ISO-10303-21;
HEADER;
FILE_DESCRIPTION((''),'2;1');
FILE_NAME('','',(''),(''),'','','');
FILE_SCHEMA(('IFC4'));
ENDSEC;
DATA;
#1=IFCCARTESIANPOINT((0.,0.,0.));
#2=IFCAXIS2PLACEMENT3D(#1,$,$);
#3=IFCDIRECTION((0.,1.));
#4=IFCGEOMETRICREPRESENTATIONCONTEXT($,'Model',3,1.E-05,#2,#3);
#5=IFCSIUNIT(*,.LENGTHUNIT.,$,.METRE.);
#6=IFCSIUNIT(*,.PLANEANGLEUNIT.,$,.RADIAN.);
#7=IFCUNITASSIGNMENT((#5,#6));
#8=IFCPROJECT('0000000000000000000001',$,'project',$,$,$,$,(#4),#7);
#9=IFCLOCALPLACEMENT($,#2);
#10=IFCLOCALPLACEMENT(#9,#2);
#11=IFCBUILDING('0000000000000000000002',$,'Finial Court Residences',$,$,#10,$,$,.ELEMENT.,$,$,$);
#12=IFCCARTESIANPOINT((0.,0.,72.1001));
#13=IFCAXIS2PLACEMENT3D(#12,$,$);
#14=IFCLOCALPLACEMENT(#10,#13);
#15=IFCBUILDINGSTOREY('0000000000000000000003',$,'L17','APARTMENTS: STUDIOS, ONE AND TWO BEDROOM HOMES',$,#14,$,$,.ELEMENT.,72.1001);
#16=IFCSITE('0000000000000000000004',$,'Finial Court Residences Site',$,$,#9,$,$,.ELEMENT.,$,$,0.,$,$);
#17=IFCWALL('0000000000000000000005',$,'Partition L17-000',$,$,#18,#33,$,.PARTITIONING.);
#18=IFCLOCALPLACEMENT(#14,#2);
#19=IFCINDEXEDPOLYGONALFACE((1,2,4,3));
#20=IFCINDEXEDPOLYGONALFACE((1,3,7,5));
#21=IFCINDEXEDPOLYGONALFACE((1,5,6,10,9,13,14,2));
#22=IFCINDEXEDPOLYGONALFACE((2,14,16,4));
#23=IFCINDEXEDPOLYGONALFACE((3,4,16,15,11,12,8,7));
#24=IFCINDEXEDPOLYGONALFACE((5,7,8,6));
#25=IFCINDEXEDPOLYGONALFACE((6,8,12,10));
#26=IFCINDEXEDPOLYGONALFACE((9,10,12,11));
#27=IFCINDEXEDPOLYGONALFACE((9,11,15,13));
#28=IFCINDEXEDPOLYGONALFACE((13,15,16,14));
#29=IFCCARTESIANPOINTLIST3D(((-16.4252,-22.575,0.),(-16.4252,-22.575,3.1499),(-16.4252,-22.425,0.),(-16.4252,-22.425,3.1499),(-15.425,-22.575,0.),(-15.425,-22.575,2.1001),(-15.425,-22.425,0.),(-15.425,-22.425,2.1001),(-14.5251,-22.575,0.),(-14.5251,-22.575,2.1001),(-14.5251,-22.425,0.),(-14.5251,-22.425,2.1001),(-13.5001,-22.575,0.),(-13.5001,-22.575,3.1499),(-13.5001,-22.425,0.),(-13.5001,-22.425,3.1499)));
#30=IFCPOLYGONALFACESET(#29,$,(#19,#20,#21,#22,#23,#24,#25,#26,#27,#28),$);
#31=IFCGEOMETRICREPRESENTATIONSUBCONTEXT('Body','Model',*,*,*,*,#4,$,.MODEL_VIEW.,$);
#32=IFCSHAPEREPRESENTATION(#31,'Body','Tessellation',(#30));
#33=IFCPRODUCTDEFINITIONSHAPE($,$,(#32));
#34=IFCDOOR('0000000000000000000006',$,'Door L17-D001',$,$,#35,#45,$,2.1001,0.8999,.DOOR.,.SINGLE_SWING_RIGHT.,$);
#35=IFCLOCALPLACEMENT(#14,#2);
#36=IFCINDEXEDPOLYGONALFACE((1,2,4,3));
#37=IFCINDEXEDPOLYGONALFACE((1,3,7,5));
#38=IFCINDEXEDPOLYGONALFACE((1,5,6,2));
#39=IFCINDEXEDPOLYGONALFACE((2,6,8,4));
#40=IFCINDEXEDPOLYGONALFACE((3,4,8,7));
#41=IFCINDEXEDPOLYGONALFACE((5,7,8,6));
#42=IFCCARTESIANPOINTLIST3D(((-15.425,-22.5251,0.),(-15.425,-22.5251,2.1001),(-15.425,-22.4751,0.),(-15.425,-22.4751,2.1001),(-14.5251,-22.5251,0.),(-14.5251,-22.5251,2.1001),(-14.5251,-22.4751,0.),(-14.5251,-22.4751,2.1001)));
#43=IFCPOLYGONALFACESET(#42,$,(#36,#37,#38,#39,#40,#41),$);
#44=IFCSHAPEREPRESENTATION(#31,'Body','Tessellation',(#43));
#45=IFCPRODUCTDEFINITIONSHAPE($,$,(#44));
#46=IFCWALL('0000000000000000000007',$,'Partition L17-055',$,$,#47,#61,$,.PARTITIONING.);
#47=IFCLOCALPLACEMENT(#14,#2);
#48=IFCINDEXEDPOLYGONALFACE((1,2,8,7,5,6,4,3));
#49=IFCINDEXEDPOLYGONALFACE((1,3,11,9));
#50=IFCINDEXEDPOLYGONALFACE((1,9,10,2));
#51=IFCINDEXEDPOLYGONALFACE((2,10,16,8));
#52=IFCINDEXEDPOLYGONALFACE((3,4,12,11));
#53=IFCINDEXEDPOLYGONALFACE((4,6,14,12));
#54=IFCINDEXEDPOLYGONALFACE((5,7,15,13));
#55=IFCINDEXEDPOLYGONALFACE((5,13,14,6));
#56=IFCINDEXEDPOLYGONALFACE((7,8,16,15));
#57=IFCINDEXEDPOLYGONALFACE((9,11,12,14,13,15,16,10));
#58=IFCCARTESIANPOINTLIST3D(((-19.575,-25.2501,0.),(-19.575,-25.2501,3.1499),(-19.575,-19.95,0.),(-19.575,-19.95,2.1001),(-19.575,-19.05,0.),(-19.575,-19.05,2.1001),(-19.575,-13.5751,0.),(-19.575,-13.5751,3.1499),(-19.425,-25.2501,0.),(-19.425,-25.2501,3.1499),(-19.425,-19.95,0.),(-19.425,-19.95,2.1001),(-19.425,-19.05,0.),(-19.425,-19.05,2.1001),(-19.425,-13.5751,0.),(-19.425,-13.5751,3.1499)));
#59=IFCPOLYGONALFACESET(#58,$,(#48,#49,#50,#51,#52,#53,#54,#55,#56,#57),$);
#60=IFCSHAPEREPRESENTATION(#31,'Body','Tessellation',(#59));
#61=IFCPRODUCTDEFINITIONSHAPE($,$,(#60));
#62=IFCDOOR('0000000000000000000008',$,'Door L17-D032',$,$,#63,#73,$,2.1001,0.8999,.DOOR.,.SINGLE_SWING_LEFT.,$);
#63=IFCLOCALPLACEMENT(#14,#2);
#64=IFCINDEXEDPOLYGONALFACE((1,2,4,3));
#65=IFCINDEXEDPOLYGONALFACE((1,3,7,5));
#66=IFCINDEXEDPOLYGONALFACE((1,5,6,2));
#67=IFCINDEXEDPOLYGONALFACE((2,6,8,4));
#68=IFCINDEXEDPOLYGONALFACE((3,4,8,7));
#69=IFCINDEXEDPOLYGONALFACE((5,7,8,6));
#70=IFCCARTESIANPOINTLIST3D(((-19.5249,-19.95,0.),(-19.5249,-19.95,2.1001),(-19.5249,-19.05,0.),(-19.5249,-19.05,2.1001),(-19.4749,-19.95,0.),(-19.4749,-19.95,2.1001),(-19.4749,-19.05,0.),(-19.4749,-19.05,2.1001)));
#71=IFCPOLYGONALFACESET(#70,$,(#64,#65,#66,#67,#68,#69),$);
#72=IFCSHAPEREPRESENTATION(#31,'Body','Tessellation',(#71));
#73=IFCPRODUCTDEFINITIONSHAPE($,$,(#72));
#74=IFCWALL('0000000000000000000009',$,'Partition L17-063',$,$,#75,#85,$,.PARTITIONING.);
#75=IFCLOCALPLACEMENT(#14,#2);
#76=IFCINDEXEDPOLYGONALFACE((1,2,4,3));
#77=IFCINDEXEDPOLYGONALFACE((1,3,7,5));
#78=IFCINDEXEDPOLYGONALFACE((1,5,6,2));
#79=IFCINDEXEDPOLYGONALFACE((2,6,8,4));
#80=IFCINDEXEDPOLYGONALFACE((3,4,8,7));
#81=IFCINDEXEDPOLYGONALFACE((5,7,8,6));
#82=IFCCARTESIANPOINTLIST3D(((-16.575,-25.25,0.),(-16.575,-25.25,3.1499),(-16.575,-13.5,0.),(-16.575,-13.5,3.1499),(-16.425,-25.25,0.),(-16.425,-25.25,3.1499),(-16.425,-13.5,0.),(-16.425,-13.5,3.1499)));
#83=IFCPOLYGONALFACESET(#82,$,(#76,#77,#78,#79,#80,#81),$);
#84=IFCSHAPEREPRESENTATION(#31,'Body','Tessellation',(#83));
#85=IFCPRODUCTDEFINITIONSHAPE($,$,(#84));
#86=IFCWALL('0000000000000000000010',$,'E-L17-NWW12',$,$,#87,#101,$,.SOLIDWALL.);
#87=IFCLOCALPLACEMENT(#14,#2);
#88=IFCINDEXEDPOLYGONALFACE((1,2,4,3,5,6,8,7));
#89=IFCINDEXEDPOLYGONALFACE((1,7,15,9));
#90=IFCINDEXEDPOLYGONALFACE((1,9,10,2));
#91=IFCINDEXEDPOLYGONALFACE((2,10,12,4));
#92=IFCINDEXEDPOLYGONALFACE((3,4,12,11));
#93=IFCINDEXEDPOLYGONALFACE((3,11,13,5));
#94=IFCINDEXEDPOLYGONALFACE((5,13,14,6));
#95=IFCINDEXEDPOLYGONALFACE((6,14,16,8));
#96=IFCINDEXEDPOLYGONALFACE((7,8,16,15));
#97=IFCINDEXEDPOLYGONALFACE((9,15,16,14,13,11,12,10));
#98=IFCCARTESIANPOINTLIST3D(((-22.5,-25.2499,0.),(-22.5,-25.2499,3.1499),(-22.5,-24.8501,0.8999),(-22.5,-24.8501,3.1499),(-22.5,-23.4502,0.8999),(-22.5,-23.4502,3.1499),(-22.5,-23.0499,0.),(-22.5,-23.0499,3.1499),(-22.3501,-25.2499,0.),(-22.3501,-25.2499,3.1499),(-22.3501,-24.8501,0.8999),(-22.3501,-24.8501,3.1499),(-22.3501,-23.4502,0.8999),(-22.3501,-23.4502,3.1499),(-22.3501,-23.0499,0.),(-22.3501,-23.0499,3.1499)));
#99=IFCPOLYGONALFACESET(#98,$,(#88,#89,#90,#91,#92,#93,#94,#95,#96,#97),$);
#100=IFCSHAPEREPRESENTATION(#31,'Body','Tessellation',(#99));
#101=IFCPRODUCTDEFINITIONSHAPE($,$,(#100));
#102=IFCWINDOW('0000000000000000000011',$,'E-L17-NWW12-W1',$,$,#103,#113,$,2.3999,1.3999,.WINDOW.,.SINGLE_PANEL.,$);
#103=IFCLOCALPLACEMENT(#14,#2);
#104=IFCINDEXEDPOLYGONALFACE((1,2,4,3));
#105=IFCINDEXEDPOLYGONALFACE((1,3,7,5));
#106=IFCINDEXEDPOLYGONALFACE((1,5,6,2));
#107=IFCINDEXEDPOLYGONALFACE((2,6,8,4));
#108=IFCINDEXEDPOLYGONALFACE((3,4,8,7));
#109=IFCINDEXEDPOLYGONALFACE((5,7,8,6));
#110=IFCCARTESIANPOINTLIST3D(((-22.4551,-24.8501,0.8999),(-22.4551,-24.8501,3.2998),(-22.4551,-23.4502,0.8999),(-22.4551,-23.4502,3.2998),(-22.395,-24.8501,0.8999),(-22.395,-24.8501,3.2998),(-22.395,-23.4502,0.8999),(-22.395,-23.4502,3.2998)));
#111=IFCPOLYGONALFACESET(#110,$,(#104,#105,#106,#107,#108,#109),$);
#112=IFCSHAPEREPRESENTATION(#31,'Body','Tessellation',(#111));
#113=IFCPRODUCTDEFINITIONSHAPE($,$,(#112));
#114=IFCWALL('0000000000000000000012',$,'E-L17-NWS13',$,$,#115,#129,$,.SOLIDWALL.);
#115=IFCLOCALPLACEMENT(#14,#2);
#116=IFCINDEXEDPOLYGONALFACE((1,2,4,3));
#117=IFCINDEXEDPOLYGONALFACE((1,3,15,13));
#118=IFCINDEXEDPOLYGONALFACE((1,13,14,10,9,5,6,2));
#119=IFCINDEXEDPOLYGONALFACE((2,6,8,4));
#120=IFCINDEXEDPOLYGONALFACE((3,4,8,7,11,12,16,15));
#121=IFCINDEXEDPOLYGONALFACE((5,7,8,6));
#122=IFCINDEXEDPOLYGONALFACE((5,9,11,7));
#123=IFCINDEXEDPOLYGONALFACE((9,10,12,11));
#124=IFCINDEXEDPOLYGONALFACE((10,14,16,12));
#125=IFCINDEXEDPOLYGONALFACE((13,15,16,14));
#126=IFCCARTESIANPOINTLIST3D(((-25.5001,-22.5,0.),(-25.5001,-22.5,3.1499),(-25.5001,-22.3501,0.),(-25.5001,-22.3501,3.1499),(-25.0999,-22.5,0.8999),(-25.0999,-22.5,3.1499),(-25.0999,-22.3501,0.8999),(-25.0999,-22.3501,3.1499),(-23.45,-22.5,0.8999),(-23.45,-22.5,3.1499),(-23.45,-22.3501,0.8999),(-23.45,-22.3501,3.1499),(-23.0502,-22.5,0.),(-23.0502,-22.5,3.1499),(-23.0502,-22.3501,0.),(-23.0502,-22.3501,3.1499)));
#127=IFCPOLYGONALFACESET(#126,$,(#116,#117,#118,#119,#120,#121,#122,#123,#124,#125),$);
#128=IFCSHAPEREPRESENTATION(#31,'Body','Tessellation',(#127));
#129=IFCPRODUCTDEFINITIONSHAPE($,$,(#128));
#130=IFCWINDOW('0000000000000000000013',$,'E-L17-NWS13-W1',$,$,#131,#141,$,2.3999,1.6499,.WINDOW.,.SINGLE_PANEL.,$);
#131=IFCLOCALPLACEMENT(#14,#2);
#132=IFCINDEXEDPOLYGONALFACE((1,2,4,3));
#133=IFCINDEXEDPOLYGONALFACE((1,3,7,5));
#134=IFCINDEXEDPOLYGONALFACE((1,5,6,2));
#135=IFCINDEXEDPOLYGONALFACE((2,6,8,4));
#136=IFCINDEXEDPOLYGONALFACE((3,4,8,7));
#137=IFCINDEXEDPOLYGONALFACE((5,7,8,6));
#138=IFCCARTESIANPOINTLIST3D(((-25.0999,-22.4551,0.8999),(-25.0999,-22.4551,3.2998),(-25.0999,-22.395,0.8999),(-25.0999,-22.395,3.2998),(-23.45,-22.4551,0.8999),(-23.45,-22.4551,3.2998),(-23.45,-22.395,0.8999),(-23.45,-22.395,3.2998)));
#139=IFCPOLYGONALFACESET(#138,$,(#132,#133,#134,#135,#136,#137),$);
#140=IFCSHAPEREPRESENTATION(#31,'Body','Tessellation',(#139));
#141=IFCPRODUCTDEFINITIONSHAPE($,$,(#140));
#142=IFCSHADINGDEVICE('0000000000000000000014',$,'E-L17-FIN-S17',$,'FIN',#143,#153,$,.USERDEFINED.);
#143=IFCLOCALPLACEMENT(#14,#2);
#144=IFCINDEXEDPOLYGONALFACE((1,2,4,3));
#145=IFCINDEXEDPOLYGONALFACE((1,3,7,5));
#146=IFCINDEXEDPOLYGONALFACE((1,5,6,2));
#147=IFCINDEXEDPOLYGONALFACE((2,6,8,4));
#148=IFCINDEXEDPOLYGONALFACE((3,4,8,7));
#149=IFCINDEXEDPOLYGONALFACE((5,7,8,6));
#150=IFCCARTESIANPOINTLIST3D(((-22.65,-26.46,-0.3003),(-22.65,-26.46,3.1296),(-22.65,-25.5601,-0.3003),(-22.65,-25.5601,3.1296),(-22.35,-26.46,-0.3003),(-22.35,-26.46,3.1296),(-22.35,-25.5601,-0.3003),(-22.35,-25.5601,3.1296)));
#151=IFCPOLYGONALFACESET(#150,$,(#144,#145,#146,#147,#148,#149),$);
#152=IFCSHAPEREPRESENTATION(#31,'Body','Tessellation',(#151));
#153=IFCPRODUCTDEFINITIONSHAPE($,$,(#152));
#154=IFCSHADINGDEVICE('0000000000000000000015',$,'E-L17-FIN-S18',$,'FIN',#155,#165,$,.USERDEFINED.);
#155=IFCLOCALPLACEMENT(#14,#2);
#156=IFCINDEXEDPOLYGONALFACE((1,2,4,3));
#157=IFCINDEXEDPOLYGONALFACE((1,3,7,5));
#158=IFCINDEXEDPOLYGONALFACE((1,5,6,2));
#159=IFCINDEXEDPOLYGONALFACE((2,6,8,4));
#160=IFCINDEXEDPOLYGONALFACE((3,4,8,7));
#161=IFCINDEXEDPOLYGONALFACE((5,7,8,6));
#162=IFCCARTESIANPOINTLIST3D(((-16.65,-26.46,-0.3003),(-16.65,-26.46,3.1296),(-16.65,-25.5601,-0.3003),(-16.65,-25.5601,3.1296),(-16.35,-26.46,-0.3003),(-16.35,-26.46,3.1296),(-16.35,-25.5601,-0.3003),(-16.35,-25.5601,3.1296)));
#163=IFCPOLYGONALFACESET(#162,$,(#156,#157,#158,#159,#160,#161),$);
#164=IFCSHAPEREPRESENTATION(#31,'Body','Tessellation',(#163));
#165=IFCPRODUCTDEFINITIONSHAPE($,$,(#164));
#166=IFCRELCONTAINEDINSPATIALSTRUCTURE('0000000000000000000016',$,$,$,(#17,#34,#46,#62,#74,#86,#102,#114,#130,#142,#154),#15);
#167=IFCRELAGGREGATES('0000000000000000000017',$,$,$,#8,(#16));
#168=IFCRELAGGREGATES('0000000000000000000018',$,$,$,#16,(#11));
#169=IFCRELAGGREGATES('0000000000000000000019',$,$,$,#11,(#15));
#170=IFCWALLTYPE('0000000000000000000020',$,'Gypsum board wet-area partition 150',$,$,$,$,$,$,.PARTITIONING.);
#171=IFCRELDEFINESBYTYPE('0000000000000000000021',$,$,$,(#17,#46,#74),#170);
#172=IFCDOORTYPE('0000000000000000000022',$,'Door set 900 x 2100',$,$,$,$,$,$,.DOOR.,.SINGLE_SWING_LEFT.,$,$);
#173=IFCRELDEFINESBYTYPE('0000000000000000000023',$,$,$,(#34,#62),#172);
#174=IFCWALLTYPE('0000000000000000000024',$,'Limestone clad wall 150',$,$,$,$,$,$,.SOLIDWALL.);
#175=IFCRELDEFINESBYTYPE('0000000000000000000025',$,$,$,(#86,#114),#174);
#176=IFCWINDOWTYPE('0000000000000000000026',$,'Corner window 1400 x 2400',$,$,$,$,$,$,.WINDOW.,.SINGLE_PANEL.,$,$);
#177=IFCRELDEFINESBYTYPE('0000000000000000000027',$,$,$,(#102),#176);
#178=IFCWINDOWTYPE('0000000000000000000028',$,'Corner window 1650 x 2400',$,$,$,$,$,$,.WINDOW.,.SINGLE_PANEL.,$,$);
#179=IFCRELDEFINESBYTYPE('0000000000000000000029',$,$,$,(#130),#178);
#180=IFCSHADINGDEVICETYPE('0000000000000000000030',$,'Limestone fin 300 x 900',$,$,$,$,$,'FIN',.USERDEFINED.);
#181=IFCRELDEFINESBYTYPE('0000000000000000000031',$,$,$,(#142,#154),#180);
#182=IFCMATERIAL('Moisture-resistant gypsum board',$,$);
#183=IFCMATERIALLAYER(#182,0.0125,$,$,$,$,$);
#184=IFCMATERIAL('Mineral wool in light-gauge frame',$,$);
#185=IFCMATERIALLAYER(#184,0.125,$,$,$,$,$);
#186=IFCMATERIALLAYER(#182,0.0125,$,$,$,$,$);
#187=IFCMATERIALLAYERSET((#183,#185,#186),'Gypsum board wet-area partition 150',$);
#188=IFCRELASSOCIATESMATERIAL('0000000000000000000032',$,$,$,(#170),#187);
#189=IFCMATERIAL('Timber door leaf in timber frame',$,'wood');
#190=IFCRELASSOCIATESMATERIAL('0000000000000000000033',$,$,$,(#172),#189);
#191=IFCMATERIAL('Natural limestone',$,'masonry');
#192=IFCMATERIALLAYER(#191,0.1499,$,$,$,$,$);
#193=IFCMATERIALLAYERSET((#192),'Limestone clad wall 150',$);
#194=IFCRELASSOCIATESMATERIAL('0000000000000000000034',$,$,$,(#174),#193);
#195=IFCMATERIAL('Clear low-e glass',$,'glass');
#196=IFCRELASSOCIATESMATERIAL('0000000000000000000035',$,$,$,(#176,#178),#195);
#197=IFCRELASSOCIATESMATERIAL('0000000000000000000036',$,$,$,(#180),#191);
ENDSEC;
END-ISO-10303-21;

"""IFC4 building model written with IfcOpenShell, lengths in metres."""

from ifc_helpers import new_model, si_unit, direction, frame, frame_2d, origin, origin_2d, place, context, subcontext, project, spatial, rectangle, extrude, material, layer, layer_set, type_object, element, fill, save


model = new_model("IFC4")

# Units and contexts
model_context = context("Model", 3, precision=1e-05, world=origin(), true_north=direction((0.0, 1.0)))
body_context = subcontext(model_context, "Body", "Model", "MODEL_VIEW")
ifc_project = project(units=[si_unit("LENGTHUNIT", "METRE"), si_unit("PLANEANGLEUNIT", "RADIAN")], contexts=[model_context])

# Site, building, storey
site_placement = place(None, origin())
site = spatial("IfcSite", under=ifc_project, at=site_placement, Name="Finial Court Residences Site", CompositionType="ELEMENT", RefElevation=0.0)
building_placement = place(site_placement, origin())
building = spatial("IfcBuilding", under=site, at=building_placement, Name="Finial Court Residences", CompositionType="ELEMENT")
storey_placement = place(building_placement, frame((0.0, 0.0, 72.1001)))
storey = spatial("IfcBuildingStorey", under=building, at=storey_placement, Name="L17", Description="APARTMENTS: STUDIOS, ONE AND TWO BEDROOM HOMES", CompositionType="ELEMENT", Elevation=72.1001)

# Shared definitions
ifc_material_1 = material(Name="Clear low-e glass", Category="glass")

# Walls, openings, doors
ifc_material_2 = material(Name="Moisture-resistant gypsum board")
ifc_layer_1 = layer(ifc_material_2, 0.0125)
ifc_material_3 = material(Name="Mineral wool in light-gauge frame")
ifc_layer_2 = layer(ifc_material_3, 0.125)
ifc_layer_3 = layer(ifc_material_2, 0.0125)
ifc_layer_set_1 = layer_set([ifc_layer_1, ifc_layer_2, ifc_layer_3], Name="Gypsum board wet-area partition 150")
wall_type_1 = type_object("IfcWallType", Name="Gypsum board wet-area partition 150", PredefinedType="PARTITIONING", material=ifc_layer_set_1)
wall_1_placement = place(storey_placement, frame((-16.425, -22.5, 0.0), z_axis=(0.0, 0.0, 1.0), x_axis=(1.0, 0.0, 0.0)))
wall_1 = element("IfcWall", 1, at=wall_1_placement, inside=storey, type_object=wall_type_1, Name="Partition L17-000", PredefinedType="PARTITIONING", context=body_context, shape_type="SweptSolid", body=[
    extrude(rectangle(XDim=2.925, YDim=0.1499, at=frame_2d((1.4624, 0.0))), origin(), (0.0, 0.0, 1.0), 3.1499),
])
opening_1_placement = place(wall_1_placement, frame((1.0, 0.0, 0.0)))
opening_1 = element("IfcOpeningElement", 2, at=opening_1_placement, cuts=wall_1, PredefinedType="OPENING", context=body_context, shape_type="SweptSolid", body=[
    extrude(rectangle(XDim=0.8999, YDim=2.1001, at=frame_2d((0.45, 1.05))), frame((0.0, 0.085, 0.0), z_axis=(0.0, -1.0, 0.0), x_axis=(1.0, 0.0, 0.0)), (0.0, 0.0, 1.0), 0.1699),
])
ifc_material_4 = material(Name="Timber door leaf in timber frame", Category="wood")
door_type = type_object("IfcDoorType", Name="Door set 900 x 2100", OperationType="SINGLE_SWING_LEFT", PredefinedType="DOOR", material=ifc_material_4)
door_1_placement = place(opening_1_placement, origin())
door_1 = element("IfcDoor", 3, at=door_1_placement, inside=storey, type_object=door_type, Name="Door L17-D001", OperationType="SINGLE_SWING_RIGHT", OverallHeight=2.1001, OverallWidth=0.8999, PredefinedType="DOOR", context=body_context, shape_type="SweptSolid", body=[
    extrude(rectangle(XDim=0.8999, YDim=2.1001, at=frame_2d((0.45, 1.05))), frame((0.0, 0.0249, 0.0), z_axis=(0.0, -1.0, 0.0), x_axis=(1.0, 0.0, 0.0)), (0.0, 0.0, 1.0), 0.05),
])
fill(opening_1, door_1)
wall_2_placement = place(storey_placement, frame((-19.5, -25.25, 0.0), z_axis=(0.0, 0.0, 1.0), x_axis=(0.0, 1.0, 0.0)))
wall_2 = element("IfcWall", 4, at=wall_2_placement, inside=storey, type_object=wall_type_1, Name="Partition L17-055", PredefinedType="PARTITIONING", context=body_context, shape_type="SweptSolid", body=[
    extrude(rectangle(XDim=11.675, YDim=0.1499, at=frame_2d((5.8374, 0.0))), origin(), (0.0, 0.0, 1.0), 3.1499),
])
opening_2_placement = place(wall_2_placement, frame((5.3, 0.0, 0.0)))
opening_2 = element("IfcOpeningElement", 5, at=opening_2_placement, cuts=wall_2, PredefinedType="OPENING", context=body_context, shape_type="SweptSolid", body=[
    extrude(rectangle(XDim=0.8999, YDim=2.1001, at=frame_2d((0.45, 1.05))), frame((0.0, 0.085, 0.0), z_axis=(0.0, -1.0, 0.0), x_axis=(1.0, 0.0, 0.0)), (0.0, 0.0, 1.0), 0.1699),
])
door_2_placement = place(opening_2_placement, origin())
door_2 = element("IfcDoor", 6, at=door_2_placement, inside=storey, type_object=door_type, Name="Door L17-D032", OperationType="SINGLE_SWING_LEFT", OverallHeight=2.1001, OverallWidth=0.8999, PredefinedType="DOOR", context=body_context, shape_type="SweptSolid", body=[
    extrude(rectangle(XDim=0.8999, YDim=2.1001, at=frame_2d((0.45, 1.05))), frame((0.0, 0.0249, 0.0), z_axis=(0.0, -1.0, 0.0), x_axis=(1.0, 0.0, 0.0)), (0.0, 0.0, 1.0), 0.05),
])
fill(opening_2, door_2)

# Wall
wall_3_placement = place(storey_placement, frame((-16.5, -25.25, 0.0), z_axis=(0.0, 0.0, 1.0), x_axis=(0.0, 1.0, 0.0)))
element("IfcWall", 7, at=wall_3_placement, inside=storey, type_object=wall_type_1, Name="Partition L17-063", PredefinedType="PARTITIONING", context=body_context, shape_type="SweptSolid", body=[
    extrude(rectangle(XDim=11.75, YDim=0.1499, at=frame_2d((5.875, 0.0))), origin(), (0.0, 0.0, 1.0), 3.1499),
])

# Walls, openings, windows
ifc_material_5 = material(Name="Natural limestone", Category="masonry")
ifc_layer_4 = layer(ifc_material_5, 0.1499)
ifc_layer_set_2 = layer_set([ifc_layer_4], Name="Limestone clad wall 150")
wall_type_2 = type_object("IfcWallType", Name="Limestone clad wall 150", PredefinedType="SOLIDWALL", material=ifc_layer_set_2)
wall_4_placement = place(storey_placement, frame((-22.425, -25.25, 0.0), z_axis=(0.0, 0.0, 1.0), x_axis=(0.0, 1.0, 0.0)))
wall_4 = element("IfcWall", 8, at=wall_4_placement, inside=storey, type_object=wall_type_2, Name="E-L17-NWW12", PredefinedType="SOLIDWALL", context=body_context, shape_type="SweptSolid", body=[
    extrude(rectangle(XDim=2.2, YDim=0.1499, at=frame_2d((1.1001, 0.0))), origin(), (0.0, 0.0, 1.0), 3.1499),
])
opening_3_placement = place(wall_4_placement, frame((0.3999, 0.0, 0.8999)))
opening_3 = element("IfcOpeningElement", 9, at=opening_3_placement, cuts=wall_4, PredefinedType="OPENING", context=body_context, shape_type="SweptSolid", body=[
    extrude(rectangle(XDim=1.3999, YDim=2.3999, at=frame_2d((0.7, 1.2))), frame((0.0, 0.085, 0.0), z_axis=(0.0, -1.0, 0.0), x_axis=(1.0, 0.0, 0.0)), (0.0, 0.0, 1.0), 0.1699),
])
window_type_1 = type_object("IfcWindowType", Name="Corner window 1400 x 2400", PartitioningType="SINGLE_PANEL", PredefinedType="WINDOW", material=ifc_material_1)
window_1_placement = place(opening_3_placement, origin())
window_1 = element("IfcWindow", 10, at=window_1_placement, inside=storey, type_object=window_type_1, Name="E-L17-NWW12-W1", OverallHeight=2.3999, OverallWidth=1.3999, PartitioningType="SINGLE_PANEL", PredefinedType="WINDOW", context=body_context, shape_type="SweptSolid", body=[
    extrude(rectangle(XDim=1.3999, YDim=2.3999, at=frame_2d((0.7, 1.2))), frame((0.0, 0.03, 0.0), z_axis=(0.0, -1.0, 0.0), x_axis=(1.0, 0.0, 0.0)), (0.0, 0.0, 1.0), 0.0601),
])
fill(opening_3, window_1)
wall_5_placement = place(storey_placement, frame((-23.05, -22.425, 0.0), z_axis=(0.0, 0.0, 1.0), x_axis=(-1.0, 0.0, 0.0)))
wall_5 = element("IfcWall", 11, at=wall_5_placement, inside=storey, type_object=wall_type_2, Name="E-L17-NWS13", PredefinedType="SOLIDWALL", context=body_context, shape_type="SweptSolid", body=[
    extrude(rectangle(XDim=2.45, YDim=0.1499, at=frame_2d((1.2251, 0.0))), origin(), (0.0, 0.0, 1.0), 3.1499),
])
opening_4_placement = place(wall_5_placement, frame((0.3999, 0.0, 0.8999)))
opening_4 = element("IfcOpeningElement", 12, at=opening_4_placement, cuts=wall_5, PredefinedType="OPENING", context=body_context, shape_type="SweptSolid", body=[
    extrude(rectangle(XDim=1.6499, YDim=2.3999, at=frame_2d((0.825, 1.2))), frame((0.0, 0.085, 0.0), z_axis=(0.0, -1.0, 0.0), x_axis=(1.0, 0.0, 0.0)), (0.0, 0.0, 1.0), 0.1699),
])
window_type_2 = type_object("IfcWindowType", Name="Corner window 1650 x 2400", PartitioningType="SINGLE_PANEL", PredefinedType="WINDOW", material=ifc_material_1)
window_2_placement = place(opening_4_placement, origin())
window_2 = element("IfcWindow", 13, at=window_2_placement, inside=storey, type_object=window_type_2, Name="E-L17-NWS13-W1", OverallHeight=2.3999, OverallWidth=1.6499, PartitioningType="SINGLE_PANEL", PredefinedType="WINDOW", context=body_context, shape_type="SweptSolid", body=[
    extrude(rectangle(XDim=1.6499, YDim=2.3999, at=frame_2d((0.825, 1.2))), frame((0.0, 0.03, 0.0), z_axis=(0.0, -1.0, 0.0), x_axis=(1.0, 0.0, 0.0)), (0.0, 0.0, 1.0), 0.0601),
])
fill(opening_4, window_2)

# Shading devices
shading_device_type = type_object("IfcShadingDeviceType", Name="Limestone fin 300 x 900", ElementType="FIN", PredefinedType="USERDEFINED", material=ifc_material_5)
for number, where, z_axis, x_axis, name in (
    (14, (-22.5, -26.01, -0.3003), (0.0, 0.0, 1.0), (1.0, 0.0, 0.0), "E-L17-FIN-S17"),
    (15, (-16.5, -26.01, -0.3003), (0.0, 0.0, 1.0), (1.0, 0.0, 0.0), "E-L17-FIN-S18"),
):
    element("IfcShadingDevice", number, at=place(storey_placement, frame(where, z_axis=z_axis, x_axis=x_axis)), inside=storey, type_object=shading_device_type, Name=name, ObjectType="FIN", PredefinedType="USERDEFINED", context=body_context, shape_type="SweptSolid", body=[
        extrude(rectangle(XDim=0.3, YDim=0.8999, at=origin_2d()), origin(), (0.0, 0.0, 1.0), 3.4299),
    ])

save(model, "model.ifc")
